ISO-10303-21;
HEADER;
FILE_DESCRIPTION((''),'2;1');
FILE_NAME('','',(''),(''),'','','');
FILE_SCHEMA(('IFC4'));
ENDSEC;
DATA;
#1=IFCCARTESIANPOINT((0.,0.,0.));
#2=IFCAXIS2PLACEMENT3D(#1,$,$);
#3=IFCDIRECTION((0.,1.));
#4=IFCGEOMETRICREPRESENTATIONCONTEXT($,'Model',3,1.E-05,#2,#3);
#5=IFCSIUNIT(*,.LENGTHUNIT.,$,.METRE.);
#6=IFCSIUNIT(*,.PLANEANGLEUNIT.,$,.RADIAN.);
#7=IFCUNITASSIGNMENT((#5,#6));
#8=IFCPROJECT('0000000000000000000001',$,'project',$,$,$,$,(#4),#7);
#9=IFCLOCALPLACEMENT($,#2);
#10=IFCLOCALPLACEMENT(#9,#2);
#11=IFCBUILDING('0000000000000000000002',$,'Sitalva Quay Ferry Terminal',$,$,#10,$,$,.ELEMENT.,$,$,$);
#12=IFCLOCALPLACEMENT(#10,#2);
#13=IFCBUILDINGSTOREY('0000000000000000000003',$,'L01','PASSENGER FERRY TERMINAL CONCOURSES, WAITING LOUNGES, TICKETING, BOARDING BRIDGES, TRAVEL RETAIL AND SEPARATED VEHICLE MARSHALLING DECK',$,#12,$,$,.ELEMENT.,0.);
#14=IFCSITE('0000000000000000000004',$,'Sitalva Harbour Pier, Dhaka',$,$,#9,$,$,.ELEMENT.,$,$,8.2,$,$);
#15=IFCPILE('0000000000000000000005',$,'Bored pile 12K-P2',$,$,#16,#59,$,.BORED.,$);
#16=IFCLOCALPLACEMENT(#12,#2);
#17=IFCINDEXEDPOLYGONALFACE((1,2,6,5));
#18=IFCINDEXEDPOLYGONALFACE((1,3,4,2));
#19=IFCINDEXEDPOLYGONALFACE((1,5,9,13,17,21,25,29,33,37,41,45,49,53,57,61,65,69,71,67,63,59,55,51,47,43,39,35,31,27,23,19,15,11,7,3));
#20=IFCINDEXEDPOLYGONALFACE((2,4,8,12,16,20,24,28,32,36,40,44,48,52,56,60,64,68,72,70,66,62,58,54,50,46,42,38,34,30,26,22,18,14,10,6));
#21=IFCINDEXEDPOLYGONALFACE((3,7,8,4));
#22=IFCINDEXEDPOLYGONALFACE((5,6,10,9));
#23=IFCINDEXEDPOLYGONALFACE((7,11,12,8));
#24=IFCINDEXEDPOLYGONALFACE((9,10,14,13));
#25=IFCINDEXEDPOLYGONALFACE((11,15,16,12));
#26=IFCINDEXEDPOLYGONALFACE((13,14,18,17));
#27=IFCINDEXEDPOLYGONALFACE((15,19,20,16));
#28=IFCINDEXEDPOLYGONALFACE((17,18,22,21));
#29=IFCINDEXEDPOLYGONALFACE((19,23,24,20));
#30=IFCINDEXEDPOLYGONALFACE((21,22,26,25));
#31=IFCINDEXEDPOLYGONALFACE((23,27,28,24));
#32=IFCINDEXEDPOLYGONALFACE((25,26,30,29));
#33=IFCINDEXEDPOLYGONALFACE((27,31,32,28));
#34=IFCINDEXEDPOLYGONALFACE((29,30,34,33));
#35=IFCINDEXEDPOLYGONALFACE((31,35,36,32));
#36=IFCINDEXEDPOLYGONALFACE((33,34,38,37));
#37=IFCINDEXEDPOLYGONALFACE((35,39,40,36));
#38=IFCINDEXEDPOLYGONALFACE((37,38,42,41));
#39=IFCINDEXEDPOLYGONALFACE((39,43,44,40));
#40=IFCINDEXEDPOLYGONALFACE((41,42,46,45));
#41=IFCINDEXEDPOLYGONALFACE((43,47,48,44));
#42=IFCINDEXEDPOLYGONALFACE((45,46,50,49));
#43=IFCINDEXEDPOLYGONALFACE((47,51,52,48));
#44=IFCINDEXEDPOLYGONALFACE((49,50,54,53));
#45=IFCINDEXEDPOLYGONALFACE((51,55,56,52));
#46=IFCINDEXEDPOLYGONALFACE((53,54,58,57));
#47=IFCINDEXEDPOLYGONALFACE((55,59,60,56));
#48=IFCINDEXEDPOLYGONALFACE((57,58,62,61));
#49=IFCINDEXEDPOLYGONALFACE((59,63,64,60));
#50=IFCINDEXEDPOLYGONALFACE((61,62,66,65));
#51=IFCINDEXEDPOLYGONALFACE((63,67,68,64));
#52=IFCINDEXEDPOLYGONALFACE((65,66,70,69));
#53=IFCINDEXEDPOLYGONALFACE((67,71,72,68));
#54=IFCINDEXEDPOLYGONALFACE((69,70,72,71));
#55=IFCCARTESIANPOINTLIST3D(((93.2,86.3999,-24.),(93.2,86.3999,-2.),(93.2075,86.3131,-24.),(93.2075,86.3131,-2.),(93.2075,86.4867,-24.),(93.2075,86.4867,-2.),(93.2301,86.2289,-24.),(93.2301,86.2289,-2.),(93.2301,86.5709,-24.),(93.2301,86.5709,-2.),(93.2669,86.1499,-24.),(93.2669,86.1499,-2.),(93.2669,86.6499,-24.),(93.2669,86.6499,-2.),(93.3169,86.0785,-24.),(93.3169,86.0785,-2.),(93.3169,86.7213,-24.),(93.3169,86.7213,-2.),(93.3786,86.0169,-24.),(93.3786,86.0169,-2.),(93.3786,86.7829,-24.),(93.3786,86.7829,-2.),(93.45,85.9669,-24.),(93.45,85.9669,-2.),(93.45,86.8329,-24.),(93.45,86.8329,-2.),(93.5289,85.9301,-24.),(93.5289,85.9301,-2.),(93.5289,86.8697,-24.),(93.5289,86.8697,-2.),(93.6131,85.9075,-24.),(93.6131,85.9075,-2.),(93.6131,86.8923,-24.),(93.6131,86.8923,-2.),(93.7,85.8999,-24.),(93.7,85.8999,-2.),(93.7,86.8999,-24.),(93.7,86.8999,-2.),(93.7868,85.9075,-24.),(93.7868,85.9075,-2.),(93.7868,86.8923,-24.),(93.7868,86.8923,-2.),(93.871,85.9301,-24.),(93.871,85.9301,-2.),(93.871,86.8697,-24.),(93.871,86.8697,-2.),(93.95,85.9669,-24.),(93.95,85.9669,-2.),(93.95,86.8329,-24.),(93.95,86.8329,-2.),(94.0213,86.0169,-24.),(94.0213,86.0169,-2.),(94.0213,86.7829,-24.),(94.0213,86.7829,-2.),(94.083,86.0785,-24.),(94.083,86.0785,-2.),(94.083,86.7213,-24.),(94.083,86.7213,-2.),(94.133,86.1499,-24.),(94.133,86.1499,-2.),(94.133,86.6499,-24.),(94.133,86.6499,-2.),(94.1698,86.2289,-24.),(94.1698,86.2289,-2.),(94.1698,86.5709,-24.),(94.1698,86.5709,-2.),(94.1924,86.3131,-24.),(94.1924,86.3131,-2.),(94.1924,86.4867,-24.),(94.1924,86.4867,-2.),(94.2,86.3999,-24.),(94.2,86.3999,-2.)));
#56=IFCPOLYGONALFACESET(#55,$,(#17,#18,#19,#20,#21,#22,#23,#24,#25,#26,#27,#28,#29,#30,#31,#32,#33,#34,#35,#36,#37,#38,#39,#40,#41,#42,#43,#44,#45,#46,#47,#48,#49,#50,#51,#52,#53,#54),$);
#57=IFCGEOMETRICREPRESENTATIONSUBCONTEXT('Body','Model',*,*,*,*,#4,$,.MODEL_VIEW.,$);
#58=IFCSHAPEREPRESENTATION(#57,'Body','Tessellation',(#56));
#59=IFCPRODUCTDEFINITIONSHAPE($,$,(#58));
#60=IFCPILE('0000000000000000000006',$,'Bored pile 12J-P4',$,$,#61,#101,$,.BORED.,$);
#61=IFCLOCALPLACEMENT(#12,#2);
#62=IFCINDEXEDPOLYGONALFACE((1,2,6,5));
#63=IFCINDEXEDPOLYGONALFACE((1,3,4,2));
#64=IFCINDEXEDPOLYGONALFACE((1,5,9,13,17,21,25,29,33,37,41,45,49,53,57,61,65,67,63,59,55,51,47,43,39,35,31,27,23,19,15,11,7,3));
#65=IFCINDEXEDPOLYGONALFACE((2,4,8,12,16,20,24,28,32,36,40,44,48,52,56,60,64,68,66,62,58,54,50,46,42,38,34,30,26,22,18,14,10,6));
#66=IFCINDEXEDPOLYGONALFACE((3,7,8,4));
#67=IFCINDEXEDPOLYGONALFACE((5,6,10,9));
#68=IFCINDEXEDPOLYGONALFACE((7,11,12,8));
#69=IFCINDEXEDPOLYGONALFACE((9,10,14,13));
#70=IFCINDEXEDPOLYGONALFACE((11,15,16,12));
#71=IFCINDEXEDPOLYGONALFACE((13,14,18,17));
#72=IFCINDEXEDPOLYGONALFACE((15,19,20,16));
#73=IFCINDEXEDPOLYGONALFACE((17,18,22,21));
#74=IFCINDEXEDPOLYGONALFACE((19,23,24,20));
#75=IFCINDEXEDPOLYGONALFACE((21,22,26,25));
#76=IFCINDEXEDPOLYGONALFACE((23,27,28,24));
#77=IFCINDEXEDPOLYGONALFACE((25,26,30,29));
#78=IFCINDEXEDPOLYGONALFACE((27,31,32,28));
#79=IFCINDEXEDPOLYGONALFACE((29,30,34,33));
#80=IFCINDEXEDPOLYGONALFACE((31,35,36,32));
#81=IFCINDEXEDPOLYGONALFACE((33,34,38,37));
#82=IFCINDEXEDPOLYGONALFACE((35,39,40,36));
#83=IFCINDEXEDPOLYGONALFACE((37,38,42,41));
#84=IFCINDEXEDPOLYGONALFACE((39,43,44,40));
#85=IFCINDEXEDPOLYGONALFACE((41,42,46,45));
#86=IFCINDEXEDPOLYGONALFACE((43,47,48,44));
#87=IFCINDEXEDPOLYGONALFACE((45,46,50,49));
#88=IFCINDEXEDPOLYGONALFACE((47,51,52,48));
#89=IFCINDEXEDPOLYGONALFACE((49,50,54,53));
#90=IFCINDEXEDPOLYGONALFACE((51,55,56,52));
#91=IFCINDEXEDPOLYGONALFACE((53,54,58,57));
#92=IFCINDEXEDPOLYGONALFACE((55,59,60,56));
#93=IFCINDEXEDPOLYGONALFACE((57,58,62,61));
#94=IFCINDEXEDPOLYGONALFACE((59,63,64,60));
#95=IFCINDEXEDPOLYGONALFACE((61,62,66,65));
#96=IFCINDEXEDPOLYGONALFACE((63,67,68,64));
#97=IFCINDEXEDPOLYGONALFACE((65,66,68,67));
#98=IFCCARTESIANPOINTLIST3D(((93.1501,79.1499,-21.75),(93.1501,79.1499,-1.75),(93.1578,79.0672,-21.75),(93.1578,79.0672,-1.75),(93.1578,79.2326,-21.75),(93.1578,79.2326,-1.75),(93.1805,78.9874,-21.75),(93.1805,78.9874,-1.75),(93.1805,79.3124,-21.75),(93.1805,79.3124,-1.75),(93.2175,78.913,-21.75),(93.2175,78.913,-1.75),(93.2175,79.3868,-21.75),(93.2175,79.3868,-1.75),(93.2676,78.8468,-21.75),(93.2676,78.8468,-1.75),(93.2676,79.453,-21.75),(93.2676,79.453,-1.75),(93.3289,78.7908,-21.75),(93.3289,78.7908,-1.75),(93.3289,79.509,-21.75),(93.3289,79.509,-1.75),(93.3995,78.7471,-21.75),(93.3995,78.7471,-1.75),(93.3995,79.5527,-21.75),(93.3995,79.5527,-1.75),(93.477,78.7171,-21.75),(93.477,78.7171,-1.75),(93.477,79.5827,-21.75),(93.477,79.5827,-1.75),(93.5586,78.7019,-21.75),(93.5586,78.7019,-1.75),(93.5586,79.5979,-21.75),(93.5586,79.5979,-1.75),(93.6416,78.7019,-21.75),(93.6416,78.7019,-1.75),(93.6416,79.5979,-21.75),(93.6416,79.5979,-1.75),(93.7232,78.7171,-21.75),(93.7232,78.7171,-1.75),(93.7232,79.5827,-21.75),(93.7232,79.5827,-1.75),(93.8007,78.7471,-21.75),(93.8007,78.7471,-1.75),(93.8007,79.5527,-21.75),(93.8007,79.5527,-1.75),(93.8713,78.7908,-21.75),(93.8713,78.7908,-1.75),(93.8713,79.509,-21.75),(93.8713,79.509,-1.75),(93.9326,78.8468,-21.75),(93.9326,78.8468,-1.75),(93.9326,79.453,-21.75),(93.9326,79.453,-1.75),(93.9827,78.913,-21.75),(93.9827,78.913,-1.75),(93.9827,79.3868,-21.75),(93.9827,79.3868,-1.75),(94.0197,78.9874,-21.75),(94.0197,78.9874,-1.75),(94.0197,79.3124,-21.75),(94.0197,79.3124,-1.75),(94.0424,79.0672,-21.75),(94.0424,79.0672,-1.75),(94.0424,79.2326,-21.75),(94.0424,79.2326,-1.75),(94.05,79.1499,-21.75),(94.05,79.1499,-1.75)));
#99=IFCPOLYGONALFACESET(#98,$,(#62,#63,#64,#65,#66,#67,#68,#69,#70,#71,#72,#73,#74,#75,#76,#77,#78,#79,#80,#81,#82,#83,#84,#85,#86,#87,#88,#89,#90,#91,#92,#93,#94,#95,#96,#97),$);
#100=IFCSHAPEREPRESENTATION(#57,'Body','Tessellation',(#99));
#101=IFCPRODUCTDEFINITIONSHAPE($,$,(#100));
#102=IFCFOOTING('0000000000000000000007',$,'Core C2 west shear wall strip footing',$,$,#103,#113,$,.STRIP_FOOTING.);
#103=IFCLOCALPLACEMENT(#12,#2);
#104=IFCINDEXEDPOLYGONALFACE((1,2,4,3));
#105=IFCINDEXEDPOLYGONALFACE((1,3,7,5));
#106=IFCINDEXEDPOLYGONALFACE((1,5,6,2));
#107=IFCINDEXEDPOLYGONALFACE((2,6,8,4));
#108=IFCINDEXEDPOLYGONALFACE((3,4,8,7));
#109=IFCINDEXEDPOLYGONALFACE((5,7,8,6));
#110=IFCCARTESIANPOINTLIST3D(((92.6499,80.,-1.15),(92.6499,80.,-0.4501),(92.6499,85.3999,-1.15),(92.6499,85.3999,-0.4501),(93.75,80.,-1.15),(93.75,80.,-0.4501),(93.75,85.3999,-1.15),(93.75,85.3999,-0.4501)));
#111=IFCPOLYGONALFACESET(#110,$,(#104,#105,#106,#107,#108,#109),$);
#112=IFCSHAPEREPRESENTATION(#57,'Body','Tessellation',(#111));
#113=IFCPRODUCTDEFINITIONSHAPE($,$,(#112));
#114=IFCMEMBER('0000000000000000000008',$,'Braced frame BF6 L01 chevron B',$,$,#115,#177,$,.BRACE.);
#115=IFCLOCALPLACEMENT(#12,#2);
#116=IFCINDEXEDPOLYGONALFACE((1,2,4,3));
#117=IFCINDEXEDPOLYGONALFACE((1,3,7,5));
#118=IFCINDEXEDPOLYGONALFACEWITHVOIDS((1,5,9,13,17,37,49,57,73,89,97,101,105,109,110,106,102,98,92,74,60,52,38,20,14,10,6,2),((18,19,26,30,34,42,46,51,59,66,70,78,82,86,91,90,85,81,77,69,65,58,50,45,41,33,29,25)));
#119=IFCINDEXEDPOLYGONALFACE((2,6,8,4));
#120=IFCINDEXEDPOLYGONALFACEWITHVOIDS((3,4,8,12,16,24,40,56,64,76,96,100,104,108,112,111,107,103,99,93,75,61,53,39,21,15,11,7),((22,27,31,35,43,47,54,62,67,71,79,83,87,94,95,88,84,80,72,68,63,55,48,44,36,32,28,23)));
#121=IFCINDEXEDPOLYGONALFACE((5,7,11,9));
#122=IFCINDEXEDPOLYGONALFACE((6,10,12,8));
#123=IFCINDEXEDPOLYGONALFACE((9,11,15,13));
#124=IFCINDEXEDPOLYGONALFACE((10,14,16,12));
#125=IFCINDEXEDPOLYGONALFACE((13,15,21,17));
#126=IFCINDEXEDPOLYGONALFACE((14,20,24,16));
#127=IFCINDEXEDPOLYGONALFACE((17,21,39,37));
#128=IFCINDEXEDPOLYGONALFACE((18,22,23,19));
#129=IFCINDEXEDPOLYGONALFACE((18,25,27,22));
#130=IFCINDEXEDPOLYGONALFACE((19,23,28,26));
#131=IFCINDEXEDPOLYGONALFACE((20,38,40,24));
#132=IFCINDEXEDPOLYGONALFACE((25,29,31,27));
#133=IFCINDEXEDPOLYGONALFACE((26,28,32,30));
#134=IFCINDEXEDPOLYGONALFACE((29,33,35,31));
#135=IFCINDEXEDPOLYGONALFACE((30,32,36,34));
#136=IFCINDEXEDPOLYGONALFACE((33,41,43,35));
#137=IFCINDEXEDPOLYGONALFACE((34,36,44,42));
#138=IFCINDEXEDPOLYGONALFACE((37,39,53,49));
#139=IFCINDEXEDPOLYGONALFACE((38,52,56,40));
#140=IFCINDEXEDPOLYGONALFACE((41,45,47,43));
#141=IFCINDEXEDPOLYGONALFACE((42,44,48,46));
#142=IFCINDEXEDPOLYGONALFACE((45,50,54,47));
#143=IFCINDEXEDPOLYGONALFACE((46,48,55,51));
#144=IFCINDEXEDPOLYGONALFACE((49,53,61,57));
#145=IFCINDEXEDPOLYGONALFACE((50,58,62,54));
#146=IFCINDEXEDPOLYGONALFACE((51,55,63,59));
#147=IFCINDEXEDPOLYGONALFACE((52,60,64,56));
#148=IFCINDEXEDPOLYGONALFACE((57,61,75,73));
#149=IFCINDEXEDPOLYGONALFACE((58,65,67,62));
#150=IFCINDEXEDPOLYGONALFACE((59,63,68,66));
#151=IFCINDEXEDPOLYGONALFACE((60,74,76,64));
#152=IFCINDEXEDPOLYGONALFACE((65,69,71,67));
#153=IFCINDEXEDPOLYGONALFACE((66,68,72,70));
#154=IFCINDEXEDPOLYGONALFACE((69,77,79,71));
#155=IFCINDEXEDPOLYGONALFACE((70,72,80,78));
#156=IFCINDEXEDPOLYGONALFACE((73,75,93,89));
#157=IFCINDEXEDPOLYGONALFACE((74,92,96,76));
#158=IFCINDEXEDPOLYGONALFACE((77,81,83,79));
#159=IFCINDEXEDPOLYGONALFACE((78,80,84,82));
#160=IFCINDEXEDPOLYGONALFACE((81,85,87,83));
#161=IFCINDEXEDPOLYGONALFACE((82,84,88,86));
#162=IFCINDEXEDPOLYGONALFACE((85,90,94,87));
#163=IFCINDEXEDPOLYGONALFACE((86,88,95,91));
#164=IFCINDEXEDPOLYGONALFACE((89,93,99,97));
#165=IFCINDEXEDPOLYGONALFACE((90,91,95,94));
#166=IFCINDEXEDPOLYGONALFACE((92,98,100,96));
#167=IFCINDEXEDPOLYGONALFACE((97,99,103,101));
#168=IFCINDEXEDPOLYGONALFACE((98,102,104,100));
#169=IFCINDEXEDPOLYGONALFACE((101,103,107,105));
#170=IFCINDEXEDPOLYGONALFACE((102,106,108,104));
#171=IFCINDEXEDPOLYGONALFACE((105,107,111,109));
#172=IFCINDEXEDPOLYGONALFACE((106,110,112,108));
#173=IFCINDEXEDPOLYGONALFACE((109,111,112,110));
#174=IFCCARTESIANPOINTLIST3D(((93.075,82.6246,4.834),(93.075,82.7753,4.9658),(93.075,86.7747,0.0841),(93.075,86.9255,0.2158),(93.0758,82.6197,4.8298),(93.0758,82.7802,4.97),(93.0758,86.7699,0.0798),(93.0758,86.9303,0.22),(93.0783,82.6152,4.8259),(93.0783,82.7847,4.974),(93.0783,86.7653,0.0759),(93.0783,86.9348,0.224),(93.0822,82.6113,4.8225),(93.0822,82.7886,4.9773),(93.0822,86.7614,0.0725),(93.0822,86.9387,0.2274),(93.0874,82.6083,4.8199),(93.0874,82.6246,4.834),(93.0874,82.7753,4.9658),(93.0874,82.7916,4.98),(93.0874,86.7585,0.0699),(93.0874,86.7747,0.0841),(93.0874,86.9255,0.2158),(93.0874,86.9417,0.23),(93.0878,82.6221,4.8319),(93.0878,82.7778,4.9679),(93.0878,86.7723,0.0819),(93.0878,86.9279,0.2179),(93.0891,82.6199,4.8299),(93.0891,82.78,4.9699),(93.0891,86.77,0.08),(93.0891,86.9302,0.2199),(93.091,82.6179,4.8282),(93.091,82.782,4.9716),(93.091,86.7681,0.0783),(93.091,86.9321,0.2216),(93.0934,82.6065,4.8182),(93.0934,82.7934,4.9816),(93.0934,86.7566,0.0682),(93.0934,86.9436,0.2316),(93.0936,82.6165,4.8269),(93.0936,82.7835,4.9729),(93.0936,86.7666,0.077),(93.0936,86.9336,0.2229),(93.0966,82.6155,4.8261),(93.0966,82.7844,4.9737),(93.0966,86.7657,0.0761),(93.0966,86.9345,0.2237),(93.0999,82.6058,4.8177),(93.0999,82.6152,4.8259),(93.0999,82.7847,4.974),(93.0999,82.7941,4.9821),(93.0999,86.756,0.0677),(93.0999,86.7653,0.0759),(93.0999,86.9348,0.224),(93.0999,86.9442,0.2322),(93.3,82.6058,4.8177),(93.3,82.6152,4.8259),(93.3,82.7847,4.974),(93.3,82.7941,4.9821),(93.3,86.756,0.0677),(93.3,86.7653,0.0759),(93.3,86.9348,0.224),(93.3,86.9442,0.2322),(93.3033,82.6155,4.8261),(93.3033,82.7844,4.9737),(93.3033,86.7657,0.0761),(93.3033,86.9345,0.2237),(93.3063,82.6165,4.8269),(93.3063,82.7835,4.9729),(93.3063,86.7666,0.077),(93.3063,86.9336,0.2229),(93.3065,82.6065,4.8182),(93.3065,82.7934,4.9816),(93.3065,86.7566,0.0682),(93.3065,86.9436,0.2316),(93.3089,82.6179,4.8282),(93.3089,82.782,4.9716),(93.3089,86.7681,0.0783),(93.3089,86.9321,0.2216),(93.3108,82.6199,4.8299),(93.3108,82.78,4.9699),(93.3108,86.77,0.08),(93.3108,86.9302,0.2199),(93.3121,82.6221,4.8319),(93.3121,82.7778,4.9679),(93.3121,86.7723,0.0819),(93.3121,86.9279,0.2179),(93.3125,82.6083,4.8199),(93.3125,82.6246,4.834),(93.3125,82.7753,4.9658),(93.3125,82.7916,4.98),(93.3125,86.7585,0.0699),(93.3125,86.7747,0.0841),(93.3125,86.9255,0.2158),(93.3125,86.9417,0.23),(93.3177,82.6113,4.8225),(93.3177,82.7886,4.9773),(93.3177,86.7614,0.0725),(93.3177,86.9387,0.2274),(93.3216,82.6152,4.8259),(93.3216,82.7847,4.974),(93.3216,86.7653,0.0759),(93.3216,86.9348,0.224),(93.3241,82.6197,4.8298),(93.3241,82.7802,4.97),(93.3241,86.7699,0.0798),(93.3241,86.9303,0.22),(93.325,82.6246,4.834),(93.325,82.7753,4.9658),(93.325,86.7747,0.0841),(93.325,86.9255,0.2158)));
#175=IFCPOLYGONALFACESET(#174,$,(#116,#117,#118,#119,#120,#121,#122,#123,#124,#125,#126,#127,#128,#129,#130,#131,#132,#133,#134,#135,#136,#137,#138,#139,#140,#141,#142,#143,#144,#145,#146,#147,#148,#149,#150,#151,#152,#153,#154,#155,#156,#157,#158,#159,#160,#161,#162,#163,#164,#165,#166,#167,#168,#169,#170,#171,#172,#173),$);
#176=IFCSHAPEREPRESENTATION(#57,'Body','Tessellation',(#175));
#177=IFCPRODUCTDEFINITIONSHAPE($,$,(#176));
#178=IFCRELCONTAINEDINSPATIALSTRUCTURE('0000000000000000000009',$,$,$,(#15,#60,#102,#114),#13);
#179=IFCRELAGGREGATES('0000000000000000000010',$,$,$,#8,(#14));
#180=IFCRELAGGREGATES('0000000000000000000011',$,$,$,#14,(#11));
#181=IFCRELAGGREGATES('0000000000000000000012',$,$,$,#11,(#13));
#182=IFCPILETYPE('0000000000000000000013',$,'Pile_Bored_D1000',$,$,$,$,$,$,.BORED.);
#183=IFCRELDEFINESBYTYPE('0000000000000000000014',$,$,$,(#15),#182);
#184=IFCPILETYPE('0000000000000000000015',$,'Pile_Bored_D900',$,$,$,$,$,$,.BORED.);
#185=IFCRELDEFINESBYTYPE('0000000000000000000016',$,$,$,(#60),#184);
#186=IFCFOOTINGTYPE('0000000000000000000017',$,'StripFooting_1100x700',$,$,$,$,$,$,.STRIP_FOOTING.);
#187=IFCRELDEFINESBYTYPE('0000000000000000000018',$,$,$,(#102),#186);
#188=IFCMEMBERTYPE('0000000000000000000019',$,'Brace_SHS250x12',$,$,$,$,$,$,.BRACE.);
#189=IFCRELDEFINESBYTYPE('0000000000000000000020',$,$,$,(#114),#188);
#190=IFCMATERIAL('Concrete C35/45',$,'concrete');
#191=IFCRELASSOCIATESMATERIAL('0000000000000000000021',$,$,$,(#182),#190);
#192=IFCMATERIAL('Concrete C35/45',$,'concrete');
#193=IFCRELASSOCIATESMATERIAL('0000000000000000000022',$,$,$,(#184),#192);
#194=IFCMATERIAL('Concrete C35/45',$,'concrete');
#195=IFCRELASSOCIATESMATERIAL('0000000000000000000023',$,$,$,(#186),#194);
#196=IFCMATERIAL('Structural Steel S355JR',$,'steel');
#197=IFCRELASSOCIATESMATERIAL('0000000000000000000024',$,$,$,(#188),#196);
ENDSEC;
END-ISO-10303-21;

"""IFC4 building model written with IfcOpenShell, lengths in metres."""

from ifc_helpers import new_model, si_unit, direction, frame, origin, origin_2d, place, context, subcontext, project, spatial, rectangle, hollow_rectangle, circle, extrude, material, material_profile, profile_set, type_object, element, save


model = new_model("IFC4")

# Units and contexts
model_context = context("Model", 3, precision=1e-05, world=origin(), true_north=direction((0.0, 1.0)))
body_context = subcontext(model_context, "Body", "Model", "MODEL_VIEW")
ifc_project = project(units=[si_unit("LENGTHUNIT", "METRE"), si_unit("PLANEANGLEUNIT", "RADIAN")], contexts=[model_context])

# Site, building, storey
site_placement = place(None, origin())
site = spatial("IfcSite", under=ifc_project, at=site_placement, Name="Sitalva Harbour Pier, Dhaka", CompositionType="ELEMENT", RefElevation=8.2)
building_placement = place(site_placement, origin())
building = spatial("IfcBuilding", under=site, at=building_placement, Name="Sitalva Quay Ferry Terminal", CompositionType="ELEMENT")
storey_placement = place(building_placement, origin())
storey = spatial("IfcBuildingStorey", under=building, at=storey_placement, Name="L01", Description="PASSENGER FERRY TERMINAL CONCOURSES, WAITING LOUNGES, TICKETING, BOARDING BRIDGES, TRAVEL RETAIL AND SEPARATED VEHICLE MARSHALLING DECK", CompositionType="ELEMENT", Elevation=0.0)

# Piles
ifc_material_1 = material(Name="Concrete C35/45", Category="concrete")
ifc_material_profile_1 = material_profile(ifc_material_1, circle(Radius=0.5, at=origin_2d()), Name="PILE-D1000")
ifc_profile_set_1 = profile_set([ifc_material_profile_1], Name="Concrete C35/45")
pile_type_1 = type_object("IfcPileType", Name="Pile_Bored_D1000", PredefinedType="BORED", material=ifc_profile_set_1)
for number, where, z_axis, x_axis, name in (
    (1, (93.7, 86.3999, -2.0), (0.0, 0.0, -1.0), (1.0, 0.0, 0.0), "Bored pile 12K-P2"),
):
    element("IfcPile", number, at=place(storey_placement, frame(where, z_axis=z_axis, x_axis=x_axis)), inside=storey, type_object=pile_type_1, Name=name, PredefinedType="BORED", context=body_context, shape_type="SweptSolid", body=[
        extrude(circle(Radius=0.5, at=origin_2d()), origin(), (0.0, 0.0, 1.0), 22.0),
    ])
ifc_material_2 = material(Name="Concrete C35/45", Category="concrete")
ifc_material_profile_2 = material_profile(ifc_material_2, circle(Radius=0.45, at=origin_2d()), Name="PILE-D900")
ifc_profile_set_2 = profile_set([ifc_material_profile_2], Name="Concrete C35/45")
pile_type_2 = type_object("IfcPileType", Name="Pile_Bored_D900", PredefinedType="BORED", material=ifc_profile_set_2)
pile_placement = place(storey_placement, frame((93.6001, 79.1499, -1.75), z_axis=(0.0, 0.0, -1.0), x_axis=(1.0, 0.0, 0.0)))
element("IfcPile", 2, at=pile_placement, inside=storey, type_object=pile_type_2, Name="Bored pile 12J-P4", PredefinedType="BORED", context=body_context, shape_type="SweptSolid", body=[
    extrude(circle(Radius=0.45, at=origin_2d()), origin(), (0.0, 0.0, 1.0), 20.0),
])

# Footing
ifc_material_3 = material(Name="Concrete C35/45", Category="concrete")
ifc_material_profile_3 = material_profile(ifc_material_3, rectangle(XDim=1.1001, YDim=0.7, at=origin_2d()), Name="RC1100x700")
ifc_profile_set_3 = profile_set([ifc_material_profile_3], Name="Concrete C35/45")
footing_type_1 = type_object("IfcFootingType", Name="StripFooting_1100x700", PredefinedType="STRIP_FOOTING", material=ifc_profile_set_3)
footing_1_placement = place(storey_placement, frame((93.2, 80.0, -0.8), z_axis=(0.0, 1.0, 0.0), x_axis=(-1.0, 0.0, 0.0)))
element("IfcFooting", 3, at=footing_1_placement, inside=storey, type_object=footing_type_1, Name="Core C2 west shear wall strip footing", PredefinedType="STRIP_FOOTING", context=body_context, shape_type="SweptSolid", body=[
    extrude(rectangle(XDim=1.1001, YDim=0.7, at=origin_2d()), origin(), (0.0, 0.0, 1.0), 5.3999),
])

# Member
ifc_material_4 = material(Name="Structural Steel S355JR", Category="steel")
ifc_material_profile_4 = material_profile(ifc_material_4, hollow_rectangle(XDim=0.25, YDim=0.25, WallThickness=0.0125, InnerFilletRadius=0.0125, OuterFilletRadius=0.0249, at=origin_2d()), Name="SHS250x250x12.5")
ifc_profile_set_4 = profile_set([ifc_material_profile_4], Name="Structural Steel S355JR")
member_type = type_object("IfcMemberType", Name="Brace_SHS250x12", PredefinedType="BRACE", material=ifc_profile_set_4)
member_placement = place(storey_placement, frame((93.2, 82.7, 4.8999), z_axis=(0.0, 0.657956, -0.753056), x_axis=(-1.0, 0.0, 0.0)))
element("IfcMember", 4, at=member_placement, inside=storey, type_object=member_type, Name="Braced frame BF6 L01 chevron B", PredefinedType="BRACE", context=body_context, shape_type="SweptSolid", body=[
    extrude(hollow_rectangle(XDim=0.25, YDim=0.25, WallThickness=0.0125, InnerFilletRadius=0.0125, OuterFilletRadius=0.0249, at=origin_2d()), origin(), (0.0, 0.0, 1.0), 6.3076),
])

save(model, "model.ifc")
